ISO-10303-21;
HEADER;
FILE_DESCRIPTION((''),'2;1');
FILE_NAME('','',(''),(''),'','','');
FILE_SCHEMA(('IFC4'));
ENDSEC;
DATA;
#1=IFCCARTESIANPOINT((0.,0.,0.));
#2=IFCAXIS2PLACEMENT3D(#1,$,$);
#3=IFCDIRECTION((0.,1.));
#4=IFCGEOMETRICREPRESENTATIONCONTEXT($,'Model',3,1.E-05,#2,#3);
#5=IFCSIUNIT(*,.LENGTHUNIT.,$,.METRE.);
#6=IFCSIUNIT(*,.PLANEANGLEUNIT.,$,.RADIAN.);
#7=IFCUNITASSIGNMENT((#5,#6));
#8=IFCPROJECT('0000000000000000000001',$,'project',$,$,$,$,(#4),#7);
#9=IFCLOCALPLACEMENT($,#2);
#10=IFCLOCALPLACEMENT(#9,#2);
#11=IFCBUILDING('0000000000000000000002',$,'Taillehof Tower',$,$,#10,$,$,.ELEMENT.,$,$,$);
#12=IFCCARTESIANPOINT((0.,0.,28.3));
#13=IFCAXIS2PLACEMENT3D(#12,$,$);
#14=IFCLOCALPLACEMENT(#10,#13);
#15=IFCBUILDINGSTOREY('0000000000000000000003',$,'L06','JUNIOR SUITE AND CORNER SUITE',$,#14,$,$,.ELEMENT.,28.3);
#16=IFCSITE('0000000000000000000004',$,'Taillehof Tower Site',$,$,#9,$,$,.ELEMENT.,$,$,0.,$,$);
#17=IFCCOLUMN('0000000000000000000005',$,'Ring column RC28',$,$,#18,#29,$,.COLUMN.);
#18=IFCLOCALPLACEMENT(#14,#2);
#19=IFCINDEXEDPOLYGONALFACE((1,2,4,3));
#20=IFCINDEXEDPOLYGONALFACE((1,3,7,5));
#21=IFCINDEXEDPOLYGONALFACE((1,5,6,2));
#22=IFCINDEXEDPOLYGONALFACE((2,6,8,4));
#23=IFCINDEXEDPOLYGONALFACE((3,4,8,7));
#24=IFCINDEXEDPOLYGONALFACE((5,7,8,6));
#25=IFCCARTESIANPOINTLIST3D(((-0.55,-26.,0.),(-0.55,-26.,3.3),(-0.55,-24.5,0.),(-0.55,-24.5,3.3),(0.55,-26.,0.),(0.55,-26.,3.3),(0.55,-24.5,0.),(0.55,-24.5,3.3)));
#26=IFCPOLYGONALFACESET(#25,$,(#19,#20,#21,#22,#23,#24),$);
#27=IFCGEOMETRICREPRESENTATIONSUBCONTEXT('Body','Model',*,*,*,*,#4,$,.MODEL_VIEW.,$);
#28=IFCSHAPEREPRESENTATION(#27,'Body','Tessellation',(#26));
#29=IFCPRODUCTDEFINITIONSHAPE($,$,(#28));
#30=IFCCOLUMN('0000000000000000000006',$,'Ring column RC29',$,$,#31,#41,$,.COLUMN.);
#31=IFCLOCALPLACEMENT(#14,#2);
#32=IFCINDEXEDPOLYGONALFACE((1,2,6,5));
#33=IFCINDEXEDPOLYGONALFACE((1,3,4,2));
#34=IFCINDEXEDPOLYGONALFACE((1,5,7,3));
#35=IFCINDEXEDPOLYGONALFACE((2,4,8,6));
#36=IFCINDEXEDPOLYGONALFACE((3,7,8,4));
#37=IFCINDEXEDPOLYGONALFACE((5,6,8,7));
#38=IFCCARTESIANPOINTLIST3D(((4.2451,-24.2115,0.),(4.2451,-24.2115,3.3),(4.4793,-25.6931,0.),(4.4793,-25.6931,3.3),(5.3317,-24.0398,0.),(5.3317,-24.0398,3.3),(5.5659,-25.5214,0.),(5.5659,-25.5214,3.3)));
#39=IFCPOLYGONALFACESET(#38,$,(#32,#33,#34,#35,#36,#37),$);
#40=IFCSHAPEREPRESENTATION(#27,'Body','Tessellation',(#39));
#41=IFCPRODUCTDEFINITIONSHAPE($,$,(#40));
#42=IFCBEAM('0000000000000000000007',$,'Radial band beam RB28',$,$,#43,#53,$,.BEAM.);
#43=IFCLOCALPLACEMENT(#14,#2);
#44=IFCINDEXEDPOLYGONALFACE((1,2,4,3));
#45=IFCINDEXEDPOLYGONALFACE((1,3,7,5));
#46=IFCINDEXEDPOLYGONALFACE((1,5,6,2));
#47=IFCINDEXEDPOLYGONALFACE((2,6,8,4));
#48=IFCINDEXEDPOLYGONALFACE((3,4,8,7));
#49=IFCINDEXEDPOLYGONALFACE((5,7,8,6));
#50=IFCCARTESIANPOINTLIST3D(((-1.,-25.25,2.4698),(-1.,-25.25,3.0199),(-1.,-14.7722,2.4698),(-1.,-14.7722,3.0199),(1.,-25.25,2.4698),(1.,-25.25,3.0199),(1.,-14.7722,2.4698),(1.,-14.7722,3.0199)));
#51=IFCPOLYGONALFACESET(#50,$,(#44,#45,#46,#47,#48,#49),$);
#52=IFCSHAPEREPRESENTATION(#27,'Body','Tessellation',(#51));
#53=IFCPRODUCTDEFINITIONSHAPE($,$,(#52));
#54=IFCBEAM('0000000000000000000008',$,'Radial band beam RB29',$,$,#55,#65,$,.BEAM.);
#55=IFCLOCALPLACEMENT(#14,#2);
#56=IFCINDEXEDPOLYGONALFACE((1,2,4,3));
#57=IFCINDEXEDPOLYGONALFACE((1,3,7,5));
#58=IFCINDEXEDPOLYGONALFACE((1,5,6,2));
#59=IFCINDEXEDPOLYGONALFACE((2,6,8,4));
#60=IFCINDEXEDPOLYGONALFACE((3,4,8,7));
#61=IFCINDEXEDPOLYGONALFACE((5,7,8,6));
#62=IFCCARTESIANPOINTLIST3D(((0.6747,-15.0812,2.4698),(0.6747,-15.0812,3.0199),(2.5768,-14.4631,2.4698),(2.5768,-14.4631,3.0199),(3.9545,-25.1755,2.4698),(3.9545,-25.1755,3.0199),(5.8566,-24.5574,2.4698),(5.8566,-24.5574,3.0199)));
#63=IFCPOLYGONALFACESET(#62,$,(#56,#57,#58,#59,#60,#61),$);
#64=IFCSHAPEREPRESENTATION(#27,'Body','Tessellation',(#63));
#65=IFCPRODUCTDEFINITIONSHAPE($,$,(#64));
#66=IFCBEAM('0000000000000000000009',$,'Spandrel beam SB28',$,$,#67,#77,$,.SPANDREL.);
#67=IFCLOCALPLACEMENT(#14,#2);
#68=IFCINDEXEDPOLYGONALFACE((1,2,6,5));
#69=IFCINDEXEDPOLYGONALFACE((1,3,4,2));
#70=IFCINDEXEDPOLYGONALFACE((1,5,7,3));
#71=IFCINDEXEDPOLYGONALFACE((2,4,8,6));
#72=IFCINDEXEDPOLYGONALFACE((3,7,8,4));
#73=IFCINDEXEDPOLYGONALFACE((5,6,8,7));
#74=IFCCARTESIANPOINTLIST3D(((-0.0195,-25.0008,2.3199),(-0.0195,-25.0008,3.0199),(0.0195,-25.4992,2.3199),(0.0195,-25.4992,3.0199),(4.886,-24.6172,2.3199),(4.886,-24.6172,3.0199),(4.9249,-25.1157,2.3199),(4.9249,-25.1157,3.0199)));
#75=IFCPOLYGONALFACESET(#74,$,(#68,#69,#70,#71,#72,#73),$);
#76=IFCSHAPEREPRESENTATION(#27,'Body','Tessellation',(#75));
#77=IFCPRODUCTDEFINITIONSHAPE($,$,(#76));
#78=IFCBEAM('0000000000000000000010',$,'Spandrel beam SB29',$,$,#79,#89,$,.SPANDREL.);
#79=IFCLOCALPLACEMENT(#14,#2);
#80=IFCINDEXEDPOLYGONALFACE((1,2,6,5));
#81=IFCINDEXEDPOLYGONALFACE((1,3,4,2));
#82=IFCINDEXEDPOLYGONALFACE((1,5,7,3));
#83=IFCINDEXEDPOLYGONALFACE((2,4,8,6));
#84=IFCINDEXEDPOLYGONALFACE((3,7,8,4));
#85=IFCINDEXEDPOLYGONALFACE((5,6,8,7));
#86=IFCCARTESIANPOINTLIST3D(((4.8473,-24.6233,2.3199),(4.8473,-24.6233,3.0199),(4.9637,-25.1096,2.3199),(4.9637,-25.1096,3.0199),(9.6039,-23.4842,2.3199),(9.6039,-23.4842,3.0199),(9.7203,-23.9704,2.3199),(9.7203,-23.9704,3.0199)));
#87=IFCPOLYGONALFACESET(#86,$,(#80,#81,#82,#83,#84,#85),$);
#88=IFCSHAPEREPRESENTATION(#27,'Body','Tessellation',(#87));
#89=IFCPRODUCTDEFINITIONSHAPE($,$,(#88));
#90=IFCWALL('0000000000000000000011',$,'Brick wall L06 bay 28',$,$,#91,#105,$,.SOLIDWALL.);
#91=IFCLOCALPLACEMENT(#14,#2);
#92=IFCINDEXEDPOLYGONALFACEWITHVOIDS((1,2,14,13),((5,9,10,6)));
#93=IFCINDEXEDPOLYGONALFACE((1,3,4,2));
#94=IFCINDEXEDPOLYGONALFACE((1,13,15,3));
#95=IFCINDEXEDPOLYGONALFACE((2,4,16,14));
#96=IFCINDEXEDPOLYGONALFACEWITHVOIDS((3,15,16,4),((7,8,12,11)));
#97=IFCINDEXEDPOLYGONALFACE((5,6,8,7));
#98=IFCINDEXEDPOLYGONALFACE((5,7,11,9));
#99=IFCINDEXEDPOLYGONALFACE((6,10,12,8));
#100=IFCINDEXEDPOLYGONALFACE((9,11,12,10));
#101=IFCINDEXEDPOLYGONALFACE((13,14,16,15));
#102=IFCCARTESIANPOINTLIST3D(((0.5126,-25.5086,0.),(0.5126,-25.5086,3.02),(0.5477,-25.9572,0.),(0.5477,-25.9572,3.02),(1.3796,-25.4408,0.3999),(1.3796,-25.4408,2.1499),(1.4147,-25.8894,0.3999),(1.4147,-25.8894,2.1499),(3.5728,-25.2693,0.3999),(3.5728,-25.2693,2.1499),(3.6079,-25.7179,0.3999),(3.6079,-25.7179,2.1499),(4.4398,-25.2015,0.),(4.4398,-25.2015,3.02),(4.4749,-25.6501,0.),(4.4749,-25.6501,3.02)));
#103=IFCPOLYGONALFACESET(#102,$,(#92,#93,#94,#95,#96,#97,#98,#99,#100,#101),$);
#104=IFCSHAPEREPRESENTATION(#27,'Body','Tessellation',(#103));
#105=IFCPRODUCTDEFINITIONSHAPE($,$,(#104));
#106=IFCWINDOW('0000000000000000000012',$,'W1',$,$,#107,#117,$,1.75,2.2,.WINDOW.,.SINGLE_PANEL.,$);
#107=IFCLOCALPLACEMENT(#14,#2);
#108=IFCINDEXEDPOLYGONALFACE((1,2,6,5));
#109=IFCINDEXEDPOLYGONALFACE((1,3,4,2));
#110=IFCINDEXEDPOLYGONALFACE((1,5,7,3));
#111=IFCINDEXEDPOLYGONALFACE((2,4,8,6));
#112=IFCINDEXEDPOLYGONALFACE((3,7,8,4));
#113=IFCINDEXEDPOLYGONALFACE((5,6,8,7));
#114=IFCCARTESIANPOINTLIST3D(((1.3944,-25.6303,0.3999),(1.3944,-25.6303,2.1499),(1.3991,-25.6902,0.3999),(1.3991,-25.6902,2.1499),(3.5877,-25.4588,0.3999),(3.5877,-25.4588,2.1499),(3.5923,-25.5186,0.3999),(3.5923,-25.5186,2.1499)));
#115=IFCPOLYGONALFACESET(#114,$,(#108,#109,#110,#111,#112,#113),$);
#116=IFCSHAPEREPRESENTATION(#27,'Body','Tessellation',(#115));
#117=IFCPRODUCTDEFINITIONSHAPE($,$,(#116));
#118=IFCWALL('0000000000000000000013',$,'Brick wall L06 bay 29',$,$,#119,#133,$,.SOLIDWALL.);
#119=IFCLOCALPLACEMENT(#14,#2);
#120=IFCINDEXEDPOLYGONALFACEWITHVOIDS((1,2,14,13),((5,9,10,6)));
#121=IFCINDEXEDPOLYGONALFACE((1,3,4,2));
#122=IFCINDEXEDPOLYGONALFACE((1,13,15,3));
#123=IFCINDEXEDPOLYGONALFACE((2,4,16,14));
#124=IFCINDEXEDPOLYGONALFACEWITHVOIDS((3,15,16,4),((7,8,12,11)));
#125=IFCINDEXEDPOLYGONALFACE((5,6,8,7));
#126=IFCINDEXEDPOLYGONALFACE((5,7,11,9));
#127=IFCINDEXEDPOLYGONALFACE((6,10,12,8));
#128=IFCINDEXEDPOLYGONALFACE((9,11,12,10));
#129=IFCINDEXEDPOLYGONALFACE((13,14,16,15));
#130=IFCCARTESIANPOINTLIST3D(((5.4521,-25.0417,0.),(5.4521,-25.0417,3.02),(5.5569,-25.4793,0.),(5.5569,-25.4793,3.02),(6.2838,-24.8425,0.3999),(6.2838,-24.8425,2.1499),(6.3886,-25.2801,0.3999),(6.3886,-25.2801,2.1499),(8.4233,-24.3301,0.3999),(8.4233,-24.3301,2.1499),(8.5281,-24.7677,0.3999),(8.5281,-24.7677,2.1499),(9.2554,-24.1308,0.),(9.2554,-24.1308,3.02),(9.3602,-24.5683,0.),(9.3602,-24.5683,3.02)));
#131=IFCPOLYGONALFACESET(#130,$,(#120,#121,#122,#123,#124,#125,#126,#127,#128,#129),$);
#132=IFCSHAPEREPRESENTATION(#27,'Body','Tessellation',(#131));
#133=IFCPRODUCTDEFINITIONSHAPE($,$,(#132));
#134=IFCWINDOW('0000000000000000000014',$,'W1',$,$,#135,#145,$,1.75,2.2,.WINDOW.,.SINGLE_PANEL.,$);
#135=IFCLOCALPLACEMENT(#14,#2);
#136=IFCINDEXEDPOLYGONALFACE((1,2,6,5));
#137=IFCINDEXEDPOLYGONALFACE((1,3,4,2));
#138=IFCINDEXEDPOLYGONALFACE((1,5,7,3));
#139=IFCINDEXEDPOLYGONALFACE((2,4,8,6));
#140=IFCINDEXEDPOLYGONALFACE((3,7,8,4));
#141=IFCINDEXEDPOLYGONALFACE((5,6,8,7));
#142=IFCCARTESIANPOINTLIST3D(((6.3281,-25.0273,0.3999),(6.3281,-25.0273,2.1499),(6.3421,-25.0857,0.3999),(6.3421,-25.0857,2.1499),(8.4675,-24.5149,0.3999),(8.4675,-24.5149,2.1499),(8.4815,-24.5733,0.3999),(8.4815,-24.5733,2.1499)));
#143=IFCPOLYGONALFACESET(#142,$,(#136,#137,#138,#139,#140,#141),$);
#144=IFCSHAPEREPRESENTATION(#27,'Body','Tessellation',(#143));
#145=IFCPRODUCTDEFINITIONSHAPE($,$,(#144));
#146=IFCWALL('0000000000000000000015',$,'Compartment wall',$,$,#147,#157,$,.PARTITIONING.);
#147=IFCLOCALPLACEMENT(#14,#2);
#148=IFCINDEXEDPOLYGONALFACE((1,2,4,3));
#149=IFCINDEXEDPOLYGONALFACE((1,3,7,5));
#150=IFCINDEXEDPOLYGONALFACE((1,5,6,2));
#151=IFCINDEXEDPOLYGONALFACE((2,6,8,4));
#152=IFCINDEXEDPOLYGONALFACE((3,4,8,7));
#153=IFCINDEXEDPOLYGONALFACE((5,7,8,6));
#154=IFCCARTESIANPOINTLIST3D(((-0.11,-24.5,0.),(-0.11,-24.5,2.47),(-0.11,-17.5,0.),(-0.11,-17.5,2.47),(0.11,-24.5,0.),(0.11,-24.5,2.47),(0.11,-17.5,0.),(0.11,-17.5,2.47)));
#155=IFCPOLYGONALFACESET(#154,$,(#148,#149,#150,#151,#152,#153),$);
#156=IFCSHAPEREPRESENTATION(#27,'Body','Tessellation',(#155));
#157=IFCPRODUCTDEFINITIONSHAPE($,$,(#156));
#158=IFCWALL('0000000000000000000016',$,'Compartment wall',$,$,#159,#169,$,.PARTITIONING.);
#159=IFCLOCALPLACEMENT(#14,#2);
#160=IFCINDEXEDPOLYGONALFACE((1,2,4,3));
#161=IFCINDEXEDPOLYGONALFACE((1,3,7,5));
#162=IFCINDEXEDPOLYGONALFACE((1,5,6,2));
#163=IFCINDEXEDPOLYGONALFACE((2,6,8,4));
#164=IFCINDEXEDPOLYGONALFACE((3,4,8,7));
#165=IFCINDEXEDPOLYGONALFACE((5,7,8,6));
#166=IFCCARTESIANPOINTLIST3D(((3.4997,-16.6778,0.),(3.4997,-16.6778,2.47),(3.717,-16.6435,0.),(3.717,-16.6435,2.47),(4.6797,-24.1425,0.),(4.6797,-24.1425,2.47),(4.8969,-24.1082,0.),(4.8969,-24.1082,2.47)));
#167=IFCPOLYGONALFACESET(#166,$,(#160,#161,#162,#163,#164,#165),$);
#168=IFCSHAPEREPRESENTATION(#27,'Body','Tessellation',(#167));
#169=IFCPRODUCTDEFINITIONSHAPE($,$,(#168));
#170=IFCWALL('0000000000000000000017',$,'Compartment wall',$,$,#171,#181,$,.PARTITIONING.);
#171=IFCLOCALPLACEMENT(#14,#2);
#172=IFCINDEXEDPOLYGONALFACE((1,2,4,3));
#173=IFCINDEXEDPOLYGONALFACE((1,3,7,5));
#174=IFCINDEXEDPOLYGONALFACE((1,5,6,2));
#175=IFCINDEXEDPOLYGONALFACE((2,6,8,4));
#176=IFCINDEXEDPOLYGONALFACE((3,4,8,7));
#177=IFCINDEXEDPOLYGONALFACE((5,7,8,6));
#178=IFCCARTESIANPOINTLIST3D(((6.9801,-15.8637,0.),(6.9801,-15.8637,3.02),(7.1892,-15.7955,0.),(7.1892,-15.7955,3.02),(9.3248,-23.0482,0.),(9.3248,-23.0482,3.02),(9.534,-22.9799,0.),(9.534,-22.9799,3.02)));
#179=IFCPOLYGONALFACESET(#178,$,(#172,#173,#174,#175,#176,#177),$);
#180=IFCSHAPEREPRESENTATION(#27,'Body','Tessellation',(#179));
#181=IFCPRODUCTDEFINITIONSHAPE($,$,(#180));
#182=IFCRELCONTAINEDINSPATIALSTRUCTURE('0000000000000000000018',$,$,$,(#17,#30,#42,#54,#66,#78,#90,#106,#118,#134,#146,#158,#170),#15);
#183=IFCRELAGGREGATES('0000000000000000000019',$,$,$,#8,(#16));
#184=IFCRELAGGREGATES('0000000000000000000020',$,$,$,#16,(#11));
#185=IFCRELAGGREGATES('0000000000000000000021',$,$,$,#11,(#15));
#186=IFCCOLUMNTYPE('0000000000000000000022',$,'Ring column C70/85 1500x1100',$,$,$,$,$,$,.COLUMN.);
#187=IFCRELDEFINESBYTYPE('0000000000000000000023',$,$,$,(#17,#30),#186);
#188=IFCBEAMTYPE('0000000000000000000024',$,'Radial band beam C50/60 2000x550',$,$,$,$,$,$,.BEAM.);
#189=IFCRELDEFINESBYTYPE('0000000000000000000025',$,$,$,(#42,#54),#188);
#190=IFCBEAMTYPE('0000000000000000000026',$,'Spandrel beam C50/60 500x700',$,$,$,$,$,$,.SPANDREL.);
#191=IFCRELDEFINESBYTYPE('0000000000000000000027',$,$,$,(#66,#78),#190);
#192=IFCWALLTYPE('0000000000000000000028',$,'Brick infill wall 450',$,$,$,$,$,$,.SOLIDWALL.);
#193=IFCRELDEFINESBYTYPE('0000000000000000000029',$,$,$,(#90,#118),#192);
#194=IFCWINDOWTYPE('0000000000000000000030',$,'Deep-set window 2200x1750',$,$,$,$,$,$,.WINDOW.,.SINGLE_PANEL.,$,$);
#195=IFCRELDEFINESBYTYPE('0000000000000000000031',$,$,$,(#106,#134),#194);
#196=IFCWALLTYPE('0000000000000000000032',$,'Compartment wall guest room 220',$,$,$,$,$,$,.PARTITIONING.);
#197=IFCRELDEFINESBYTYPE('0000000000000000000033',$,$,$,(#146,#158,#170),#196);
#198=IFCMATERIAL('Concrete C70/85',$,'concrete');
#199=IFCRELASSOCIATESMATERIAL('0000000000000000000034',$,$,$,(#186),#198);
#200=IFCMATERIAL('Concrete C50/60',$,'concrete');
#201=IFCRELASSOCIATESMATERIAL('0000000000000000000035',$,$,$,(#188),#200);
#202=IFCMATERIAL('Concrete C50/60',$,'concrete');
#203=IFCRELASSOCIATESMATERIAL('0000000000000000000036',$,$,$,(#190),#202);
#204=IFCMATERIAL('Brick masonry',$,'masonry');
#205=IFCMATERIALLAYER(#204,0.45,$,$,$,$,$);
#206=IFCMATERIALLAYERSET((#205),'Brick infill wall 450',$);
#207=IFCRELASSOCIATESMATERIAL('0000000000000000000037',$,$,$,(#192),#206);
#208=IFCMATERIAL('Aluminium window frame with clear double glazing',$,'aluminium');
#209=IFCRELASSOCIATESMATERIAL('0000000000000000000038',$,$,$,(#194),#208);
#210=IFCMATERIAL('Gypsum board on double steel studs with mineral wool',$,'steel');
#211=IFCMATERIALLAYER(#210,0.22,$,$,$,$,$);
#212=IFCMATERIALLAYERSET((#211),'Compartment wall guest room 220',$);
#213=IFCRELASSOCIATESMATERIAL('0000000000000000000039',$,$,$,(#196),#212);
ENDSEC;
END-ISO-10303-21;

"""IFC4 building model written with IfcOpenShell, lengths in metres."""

from ifc_helpers import new_model, si_unit, direction, frame, frame_2d, origin, origin_2d, place, context, subcontext, project, spatial, rectangle, extrude, material, layer, layer_set, material_profile, profile_set, type_object, element, fill, save


model = new_model("IFC4")

# Units and contexts
model_context = context("Model", 3, precision=1e-05, world=origin(), true_north=direction((0.0, 1.0)))
body_context = subcontext(model_context, "Body", "Model", "MODEL_VIEW")
ifc_project = project(units=[si_unit("LENGTHUNIT", "METRE"), si_unit("PLANEANGLEUNIT", "RADIAN")], contexts=[model_context])

# Site, building, storey
site_placement = place(None, origin())
site = spatial("IfcSite", under=ifc_project, at=site_placement, Name="Taillehof Tower Site", CompositionType="ELEMENT", RefElevation=0.0)
building_placement = place(site_placement, origin())
building = spatial("IfcBuilding", under=site, at=building_placement, Name="Taillehof Tower", CompositionType="ELEMENT")
storey_placement = place(building_placement, frame((0.0, 0.0, 28.3)))
storey = spatial("IfcBuildingStorey", under=building, at=storey_placement, Name="L06", Description="JUNIOR SUITE AND CORNER SUITE", CompositionType="ELEMENT", Elevation=28.3)

# Columns
ifc_material_1 = material(Name="Concrete C70/85", Category="concrete")
ifc_material_profile_1 = material_profile(ifc_material_1, rectangle(XDim=1.5, YDim=1.1001, at=origin_2d()), Name="RC 1500x1100")
ifc_profile_set_1 = profile_set([ifc_material_profile_1], Name="Concrete C70/85")
column_type = type_object("IfcColumnType", Name="Ring column C70/85 1500x1100", PredefinedType="COLUMN", material=ifc_profile_set_1)
for number, where, z_axis, x_axis, name in (
    (1, (0.0, -25.25, 0.0), (0.0, 0.0, 1.0), (0.0, -1.0, 0.0), "Ring column RC28"),
    (2, (4.9055, -24.8665, 0.0), (0.0, 0.0, 1.0), (0.156147, -0.987734, 0.0), "Ring column RC29"),
):
    element("IfcColumn", number, at=place(storey_placement, frame(where, z_axis=z_axis, x_axis=x_axis)), inside=storey, type_object=column_type, Name=name, PredefinedType="COLUMN", context=body_context, shape_type="SweptSolid", body=[
        extrude(rectangle(XDim=1.5, YDim=1.1001, at=origin_2d()), origin(), (0.0, 0.0, 1.0), 3.3),
    ])

# Beams
ifc_material_2 = material(Name="Concrete C50/60", Category="concrete")
ifc_material_profile_2 = material_profile(ifc_material_2, rectangle(XDim=2.0, YDim=0.55, at=origin_2d()), Name="RC 2000x550")
ifc_profile_set_2 = profile_set([ifc_material_profile_2], Name="Concrete C50/60")
beam_type_1 = type_object("IfcBeamType", Name="Radial band beam C50/60 2000x550", PredefinedType="BEAM", material=ifc_profile_set_2)
beam_1_placement = place(storey_placement, frame((0.0, -25.25, 2.7449), z_axis=(0.0, 1.0, 0.0), x_axis=(-1.0, 0.0, 0.0)))
element("IfcBeam", 3, at=beam_1_placement, inside=storey, type_object=beam_type_1, Name="Radial band beam RB28", PredefinedType="BEAM", context=body_context, shape_type="SweptSolid", body=[
    extrude(rectangle(XDim=2.0, YDim=0.55, at=origin_2d()), origin(), (0.0, 0.0, 1.0), 10.4778),
])
beam_2_placement = place(storey_placement, frame((4.9055, -24.8665, 2.7449), z_axis=(-0.309014, 0.951057, 0.0), x_axis=(-0.951057, -0.309014, 0.0)))
element("IfcBeam", 4, at=beam_2_placement, inside=storey, type_object=beam_type_1, Name="Radial band beam RB29", PredefinedType="BEAM", context=body_context, shape_type="SweptSolid", body=[
    extrude(rectangle(XDim=2.0, YDim=0.55, at=origin_2d()), origin(), (0.0, 0.0, 1.0), 10.6138),
])
ifc_material_3 = material(Name="Concrete C50/60", Category="concrete")
ifc_material_profile_3 = material_profile(ifc_material_3, rectangle(XDim=0.5, YDim=0.7, at=origin_2d()), Name="RC 500x700")
ifc_profile_set_3 = profile_set([ifc_material_profile_3], Name="Concrete C50/60")
beam_type_2 = type_object("IfcBeamType", Name="Spandrel beam C50/60 500x700", PredefinedType="SPANDREL", material=ifc_profile_set_3)
beam_3_placement = place(storey_placement, frame((0.0, -25.25, 2.6699), z_axis=(0.996957, 0.077949, 0.0), x_axis=(-0.077949, 0.996957, 0.0)))
element("IfcBeam", 5, at=beam_3_placement, inside=storey, type_object=beam_type_2, Name="Spandrel beam SB28", PredefinedType="SPANDREL", context=body_context, shape_type="SweptSolid", body=[
    extrude(rectangle(XDim=0.5, YDim=0.7, at=origin_2d()), origin(), (0.0, 0.0, 1.0), 4.9204),
])
beam_4_placement = place(storey_placement, frame((4.9055, -24.8665, 2.6699), z_axis=(0.9725, 0.232905, 0.0), x_axis=(-0.232905, 0.9725, 0.0)))
element("IfcBeam", 6, at=beam_4_placement, inside=storey, type_object=beam_type_2, Name="Spandrel beam SB29", PredefinedType="SPANDREL", context=body_context, shape_type="SweptSolid", body=[
    extrude(rectangle(XDim=0.5, YDim=0.7, at=origin_2d()), origin(), (0.0, 0.0, 1.0), 4.8911),
])

# Walls, openings, windows
ifc_material_4 = material(Name="Brick masonry", Category="masonry")
ifc_layer_1 = layer(ifc_material_4, 0.45)
ifc_layer_set_1 = layer_set([ifc_layer_1], Name="Brick infill wall 450")
wall_type_1 = type_object("IfcWallType", Name="Brick infill wall 450", PredefinedType="SOLIDWALL", material=ifc_layer_set_1)
wall_1_placement = place(storey_placement, frame((0.53, -25.7329, 0.0), z_axis=(0.0, 0.0, 1.0), x_axis=(0.996956, 0.077967, 0.0)))
wall_1 = element("IfcWall", 7, at=wall_1_placement, inside=storey, type_object=wall_type_1, Name="Brick wall L06 bay 28", PredefinedType="SOLIDWALL", context=body_context, shape_type="SweptSolid", body=[
    extrude(rectangle(XDim=3.9392, YDim=0.45, at=frame_2d((1.9697, 0.0))), origin(), (0.0, 0.0, 1.0), 3.02),
])
opening_1_placement = place(wall_1_placement, frame((0.8696, 0.0, 0.3999)))
opening_1 = element("IfcOpeningElement", 8, at=opening_1_placement, cuts=wall_1, PredefinedType="OPENING", context=body_context, shape_type="SweptSolid", body=[
    extrude(rectangle(XDim=2.2, YDim=1.75, at=frame_2d((1.1001, 0.875))), frame((0.0, 0.2349, 0.0), z_axis=(0.0, -1.0, 0.0), x_axis=(1.0, 0.0, 0.0)), (0.0, 0.0, 1.0), 0.47),
])
ifc_material_5 = material(Name="Aluminium window frame with clear double glazing", Category="aluminium")
window_type = type_object("IfcWindowType", Name="Deep-set window 2200x1750", PartitioningType="SINGLE_PANEL", PredefinedType="WINDOW", material=ifc_material_5)
window_1_placement = place(opening_1_placement, origin())
window_1 = element("IfcWindow", 9, at=window_1_placement, inside=storey, type_object=window_type, Name="W1", OverallHeight=1.75, OverallWidth=2.2, PartitioningType="SINGLE_PANEL", PredefinedType="WINDOW", context=body_context, shape_type="SweptSolid", body=[
    extrude(rectangle(XDim=2.2, YDim=1.75, at=frame_2d((1.1001, 0.875))), frame((0.0, 0.0349, 0.0), z_axis=(0.0, -1.0, 0.0), x_axis=(1.0, 0.0, 0.0)), (0.0, 0.0, 1.0), 0.0601),
])
fill(opening_1, window_1)
wall_2_placement = place(storey_placement, frame((5.5044, -25.2605, 0.0), z_axis=(0.0, 0.0, 1.0), x_axis=(0.972497, 0.232917, 0.0)))
wall_2 = element("IfcWall", 10, at=wall_2_placement, inside=storey, type_object=wall_type_1, Name="Brick wall L06 bay 29", PredefinedType="SOLIDWALL", context=body_context, shape_type="SweptSolid", body=[
    extrude(rectangle(XDim=3.9109, YDim=0.45, at=frame_2d((1.9556, 0.0))), origin(), (0.0, 0.0, 1.0), 3.02),
])
opening_2_placement = place(wall_2_placement, frame((0.8552, 0.0, 0.3999)))
opening_2 = element("IfcOpeningElement", 11, at=opening_2_placement, cuts=wall_2, PredefinedType="OPENING", context=body_context, shape_type="SweptSolid", body=[
    extrude(rectangle(XDim=2.2, YDim=1.75, at=frame_2d((1.1001, 0.875))), frame((0.0, 0.2349, 0.0), z_axis=(0.0, -1.0, 0.0), x_axis=(1.0, 0.0, 0.0)), (0.0, 0.0, 1.0), 0.47),
])
window_2_placement = place(opening_2_placement, origin())
window_2 = element("IfcWindow", 12, at=window_2_placement, inside=storey, type_object=window_type, Name="W1", OverallHeight=1.75, OverallWidth=2.2, PartitioningType="SINGLE_PANEL", PredefinedType="WINDOW", context=body_context, shape_type="SweptSolid", body=[
    extrude(rectangle(XDim=2.2, YDim=1.75, at=frame_2d((1.1001, 0.875))), frame((0.0, 0.0349, 0.0), z_axis=(0.0, -1.0, 0.0), x_axis=(1.0, 0.0, 0.0)), (0.0, 0.0, 1.0), 0.0601),
])
fill(opening_2, window_2)

# Walls
ifc_material_6 = material(Name="Gypsum board on double steel studs with mineral wool", Category="steel")
ifc_layer_2 = layer(ifc_material_6, 0.22)
ifc_layer_set_2 = layer_set([ifc_layer_2], Name="Compartment wall guest room 220")
wall_type_2 = type_object("IfcWallType", Name="Compartment wall guest room 220", PredefinedType="PARTITIONING", material=ifc_layer_set_2)
wall_3_placement = place(storey_placement, frame((0.0, -24.5, 0.0), z_axis=(0.0, 0.0, 1.0), x_axis=(0.0, 1.0, 0.0)))
element("IfcWall", 13, at=wall_3_placement, inside=storey, type_object=wall_type_2, Name="Compartment wall", PredefinedType="PARTITIONING", context=body_context, shape_type="SweptSolid", body=[
    extrude(rectangle(XDim=7.0, YDim=0.22, at=frame_2d((3.5, 0.0))), origin(), (0.0, 0.0, 1.0), 2.47),
])
wall_4_placement = place(storey_placement, frame((4.7883, -24.1255, 0.0), z_axis=(0.0, 0.0, 1.0), x_axis=(-0.156132, 0.987736, 0.0)))
element("IfcWall", 14, at=wall_4_placement, inside=storey, type_object=wall_type_2, Name="Compartment wall", PredefinedType="PARTITIONING", context=body_context, shape_type="SweptSolid", body=[
    extrude(rectangle(XDim=7.5574, YDim=0.22, at=frame_2d((3.7788, 0.0))), origin(), (0.0, 0.0, 1.0), 2.47),
])
wall_5_placement = place(storey_placement, frame((9.4294, -23.0142, 0.0), z_axis=(0.0, 0.0, 1.0), x_axis=(-0.310261, 0.950651, 0.0)))
element("IfcWall", 15, at=wall_5_placement, inside=storey, type_object=wall_type_2, Name="Compartment wall", PredefinedType="PARTITIONING", context=body_context, shape_type="SweptSolid", body=[
    extrude(rectangle(XDim=7.5574, YDim=0.22, at=frame_2d((3.7788, 0.0))), origin(), (0.0, 0.0, 1.0), 3.02),
])

save(model, "model.ifc")
